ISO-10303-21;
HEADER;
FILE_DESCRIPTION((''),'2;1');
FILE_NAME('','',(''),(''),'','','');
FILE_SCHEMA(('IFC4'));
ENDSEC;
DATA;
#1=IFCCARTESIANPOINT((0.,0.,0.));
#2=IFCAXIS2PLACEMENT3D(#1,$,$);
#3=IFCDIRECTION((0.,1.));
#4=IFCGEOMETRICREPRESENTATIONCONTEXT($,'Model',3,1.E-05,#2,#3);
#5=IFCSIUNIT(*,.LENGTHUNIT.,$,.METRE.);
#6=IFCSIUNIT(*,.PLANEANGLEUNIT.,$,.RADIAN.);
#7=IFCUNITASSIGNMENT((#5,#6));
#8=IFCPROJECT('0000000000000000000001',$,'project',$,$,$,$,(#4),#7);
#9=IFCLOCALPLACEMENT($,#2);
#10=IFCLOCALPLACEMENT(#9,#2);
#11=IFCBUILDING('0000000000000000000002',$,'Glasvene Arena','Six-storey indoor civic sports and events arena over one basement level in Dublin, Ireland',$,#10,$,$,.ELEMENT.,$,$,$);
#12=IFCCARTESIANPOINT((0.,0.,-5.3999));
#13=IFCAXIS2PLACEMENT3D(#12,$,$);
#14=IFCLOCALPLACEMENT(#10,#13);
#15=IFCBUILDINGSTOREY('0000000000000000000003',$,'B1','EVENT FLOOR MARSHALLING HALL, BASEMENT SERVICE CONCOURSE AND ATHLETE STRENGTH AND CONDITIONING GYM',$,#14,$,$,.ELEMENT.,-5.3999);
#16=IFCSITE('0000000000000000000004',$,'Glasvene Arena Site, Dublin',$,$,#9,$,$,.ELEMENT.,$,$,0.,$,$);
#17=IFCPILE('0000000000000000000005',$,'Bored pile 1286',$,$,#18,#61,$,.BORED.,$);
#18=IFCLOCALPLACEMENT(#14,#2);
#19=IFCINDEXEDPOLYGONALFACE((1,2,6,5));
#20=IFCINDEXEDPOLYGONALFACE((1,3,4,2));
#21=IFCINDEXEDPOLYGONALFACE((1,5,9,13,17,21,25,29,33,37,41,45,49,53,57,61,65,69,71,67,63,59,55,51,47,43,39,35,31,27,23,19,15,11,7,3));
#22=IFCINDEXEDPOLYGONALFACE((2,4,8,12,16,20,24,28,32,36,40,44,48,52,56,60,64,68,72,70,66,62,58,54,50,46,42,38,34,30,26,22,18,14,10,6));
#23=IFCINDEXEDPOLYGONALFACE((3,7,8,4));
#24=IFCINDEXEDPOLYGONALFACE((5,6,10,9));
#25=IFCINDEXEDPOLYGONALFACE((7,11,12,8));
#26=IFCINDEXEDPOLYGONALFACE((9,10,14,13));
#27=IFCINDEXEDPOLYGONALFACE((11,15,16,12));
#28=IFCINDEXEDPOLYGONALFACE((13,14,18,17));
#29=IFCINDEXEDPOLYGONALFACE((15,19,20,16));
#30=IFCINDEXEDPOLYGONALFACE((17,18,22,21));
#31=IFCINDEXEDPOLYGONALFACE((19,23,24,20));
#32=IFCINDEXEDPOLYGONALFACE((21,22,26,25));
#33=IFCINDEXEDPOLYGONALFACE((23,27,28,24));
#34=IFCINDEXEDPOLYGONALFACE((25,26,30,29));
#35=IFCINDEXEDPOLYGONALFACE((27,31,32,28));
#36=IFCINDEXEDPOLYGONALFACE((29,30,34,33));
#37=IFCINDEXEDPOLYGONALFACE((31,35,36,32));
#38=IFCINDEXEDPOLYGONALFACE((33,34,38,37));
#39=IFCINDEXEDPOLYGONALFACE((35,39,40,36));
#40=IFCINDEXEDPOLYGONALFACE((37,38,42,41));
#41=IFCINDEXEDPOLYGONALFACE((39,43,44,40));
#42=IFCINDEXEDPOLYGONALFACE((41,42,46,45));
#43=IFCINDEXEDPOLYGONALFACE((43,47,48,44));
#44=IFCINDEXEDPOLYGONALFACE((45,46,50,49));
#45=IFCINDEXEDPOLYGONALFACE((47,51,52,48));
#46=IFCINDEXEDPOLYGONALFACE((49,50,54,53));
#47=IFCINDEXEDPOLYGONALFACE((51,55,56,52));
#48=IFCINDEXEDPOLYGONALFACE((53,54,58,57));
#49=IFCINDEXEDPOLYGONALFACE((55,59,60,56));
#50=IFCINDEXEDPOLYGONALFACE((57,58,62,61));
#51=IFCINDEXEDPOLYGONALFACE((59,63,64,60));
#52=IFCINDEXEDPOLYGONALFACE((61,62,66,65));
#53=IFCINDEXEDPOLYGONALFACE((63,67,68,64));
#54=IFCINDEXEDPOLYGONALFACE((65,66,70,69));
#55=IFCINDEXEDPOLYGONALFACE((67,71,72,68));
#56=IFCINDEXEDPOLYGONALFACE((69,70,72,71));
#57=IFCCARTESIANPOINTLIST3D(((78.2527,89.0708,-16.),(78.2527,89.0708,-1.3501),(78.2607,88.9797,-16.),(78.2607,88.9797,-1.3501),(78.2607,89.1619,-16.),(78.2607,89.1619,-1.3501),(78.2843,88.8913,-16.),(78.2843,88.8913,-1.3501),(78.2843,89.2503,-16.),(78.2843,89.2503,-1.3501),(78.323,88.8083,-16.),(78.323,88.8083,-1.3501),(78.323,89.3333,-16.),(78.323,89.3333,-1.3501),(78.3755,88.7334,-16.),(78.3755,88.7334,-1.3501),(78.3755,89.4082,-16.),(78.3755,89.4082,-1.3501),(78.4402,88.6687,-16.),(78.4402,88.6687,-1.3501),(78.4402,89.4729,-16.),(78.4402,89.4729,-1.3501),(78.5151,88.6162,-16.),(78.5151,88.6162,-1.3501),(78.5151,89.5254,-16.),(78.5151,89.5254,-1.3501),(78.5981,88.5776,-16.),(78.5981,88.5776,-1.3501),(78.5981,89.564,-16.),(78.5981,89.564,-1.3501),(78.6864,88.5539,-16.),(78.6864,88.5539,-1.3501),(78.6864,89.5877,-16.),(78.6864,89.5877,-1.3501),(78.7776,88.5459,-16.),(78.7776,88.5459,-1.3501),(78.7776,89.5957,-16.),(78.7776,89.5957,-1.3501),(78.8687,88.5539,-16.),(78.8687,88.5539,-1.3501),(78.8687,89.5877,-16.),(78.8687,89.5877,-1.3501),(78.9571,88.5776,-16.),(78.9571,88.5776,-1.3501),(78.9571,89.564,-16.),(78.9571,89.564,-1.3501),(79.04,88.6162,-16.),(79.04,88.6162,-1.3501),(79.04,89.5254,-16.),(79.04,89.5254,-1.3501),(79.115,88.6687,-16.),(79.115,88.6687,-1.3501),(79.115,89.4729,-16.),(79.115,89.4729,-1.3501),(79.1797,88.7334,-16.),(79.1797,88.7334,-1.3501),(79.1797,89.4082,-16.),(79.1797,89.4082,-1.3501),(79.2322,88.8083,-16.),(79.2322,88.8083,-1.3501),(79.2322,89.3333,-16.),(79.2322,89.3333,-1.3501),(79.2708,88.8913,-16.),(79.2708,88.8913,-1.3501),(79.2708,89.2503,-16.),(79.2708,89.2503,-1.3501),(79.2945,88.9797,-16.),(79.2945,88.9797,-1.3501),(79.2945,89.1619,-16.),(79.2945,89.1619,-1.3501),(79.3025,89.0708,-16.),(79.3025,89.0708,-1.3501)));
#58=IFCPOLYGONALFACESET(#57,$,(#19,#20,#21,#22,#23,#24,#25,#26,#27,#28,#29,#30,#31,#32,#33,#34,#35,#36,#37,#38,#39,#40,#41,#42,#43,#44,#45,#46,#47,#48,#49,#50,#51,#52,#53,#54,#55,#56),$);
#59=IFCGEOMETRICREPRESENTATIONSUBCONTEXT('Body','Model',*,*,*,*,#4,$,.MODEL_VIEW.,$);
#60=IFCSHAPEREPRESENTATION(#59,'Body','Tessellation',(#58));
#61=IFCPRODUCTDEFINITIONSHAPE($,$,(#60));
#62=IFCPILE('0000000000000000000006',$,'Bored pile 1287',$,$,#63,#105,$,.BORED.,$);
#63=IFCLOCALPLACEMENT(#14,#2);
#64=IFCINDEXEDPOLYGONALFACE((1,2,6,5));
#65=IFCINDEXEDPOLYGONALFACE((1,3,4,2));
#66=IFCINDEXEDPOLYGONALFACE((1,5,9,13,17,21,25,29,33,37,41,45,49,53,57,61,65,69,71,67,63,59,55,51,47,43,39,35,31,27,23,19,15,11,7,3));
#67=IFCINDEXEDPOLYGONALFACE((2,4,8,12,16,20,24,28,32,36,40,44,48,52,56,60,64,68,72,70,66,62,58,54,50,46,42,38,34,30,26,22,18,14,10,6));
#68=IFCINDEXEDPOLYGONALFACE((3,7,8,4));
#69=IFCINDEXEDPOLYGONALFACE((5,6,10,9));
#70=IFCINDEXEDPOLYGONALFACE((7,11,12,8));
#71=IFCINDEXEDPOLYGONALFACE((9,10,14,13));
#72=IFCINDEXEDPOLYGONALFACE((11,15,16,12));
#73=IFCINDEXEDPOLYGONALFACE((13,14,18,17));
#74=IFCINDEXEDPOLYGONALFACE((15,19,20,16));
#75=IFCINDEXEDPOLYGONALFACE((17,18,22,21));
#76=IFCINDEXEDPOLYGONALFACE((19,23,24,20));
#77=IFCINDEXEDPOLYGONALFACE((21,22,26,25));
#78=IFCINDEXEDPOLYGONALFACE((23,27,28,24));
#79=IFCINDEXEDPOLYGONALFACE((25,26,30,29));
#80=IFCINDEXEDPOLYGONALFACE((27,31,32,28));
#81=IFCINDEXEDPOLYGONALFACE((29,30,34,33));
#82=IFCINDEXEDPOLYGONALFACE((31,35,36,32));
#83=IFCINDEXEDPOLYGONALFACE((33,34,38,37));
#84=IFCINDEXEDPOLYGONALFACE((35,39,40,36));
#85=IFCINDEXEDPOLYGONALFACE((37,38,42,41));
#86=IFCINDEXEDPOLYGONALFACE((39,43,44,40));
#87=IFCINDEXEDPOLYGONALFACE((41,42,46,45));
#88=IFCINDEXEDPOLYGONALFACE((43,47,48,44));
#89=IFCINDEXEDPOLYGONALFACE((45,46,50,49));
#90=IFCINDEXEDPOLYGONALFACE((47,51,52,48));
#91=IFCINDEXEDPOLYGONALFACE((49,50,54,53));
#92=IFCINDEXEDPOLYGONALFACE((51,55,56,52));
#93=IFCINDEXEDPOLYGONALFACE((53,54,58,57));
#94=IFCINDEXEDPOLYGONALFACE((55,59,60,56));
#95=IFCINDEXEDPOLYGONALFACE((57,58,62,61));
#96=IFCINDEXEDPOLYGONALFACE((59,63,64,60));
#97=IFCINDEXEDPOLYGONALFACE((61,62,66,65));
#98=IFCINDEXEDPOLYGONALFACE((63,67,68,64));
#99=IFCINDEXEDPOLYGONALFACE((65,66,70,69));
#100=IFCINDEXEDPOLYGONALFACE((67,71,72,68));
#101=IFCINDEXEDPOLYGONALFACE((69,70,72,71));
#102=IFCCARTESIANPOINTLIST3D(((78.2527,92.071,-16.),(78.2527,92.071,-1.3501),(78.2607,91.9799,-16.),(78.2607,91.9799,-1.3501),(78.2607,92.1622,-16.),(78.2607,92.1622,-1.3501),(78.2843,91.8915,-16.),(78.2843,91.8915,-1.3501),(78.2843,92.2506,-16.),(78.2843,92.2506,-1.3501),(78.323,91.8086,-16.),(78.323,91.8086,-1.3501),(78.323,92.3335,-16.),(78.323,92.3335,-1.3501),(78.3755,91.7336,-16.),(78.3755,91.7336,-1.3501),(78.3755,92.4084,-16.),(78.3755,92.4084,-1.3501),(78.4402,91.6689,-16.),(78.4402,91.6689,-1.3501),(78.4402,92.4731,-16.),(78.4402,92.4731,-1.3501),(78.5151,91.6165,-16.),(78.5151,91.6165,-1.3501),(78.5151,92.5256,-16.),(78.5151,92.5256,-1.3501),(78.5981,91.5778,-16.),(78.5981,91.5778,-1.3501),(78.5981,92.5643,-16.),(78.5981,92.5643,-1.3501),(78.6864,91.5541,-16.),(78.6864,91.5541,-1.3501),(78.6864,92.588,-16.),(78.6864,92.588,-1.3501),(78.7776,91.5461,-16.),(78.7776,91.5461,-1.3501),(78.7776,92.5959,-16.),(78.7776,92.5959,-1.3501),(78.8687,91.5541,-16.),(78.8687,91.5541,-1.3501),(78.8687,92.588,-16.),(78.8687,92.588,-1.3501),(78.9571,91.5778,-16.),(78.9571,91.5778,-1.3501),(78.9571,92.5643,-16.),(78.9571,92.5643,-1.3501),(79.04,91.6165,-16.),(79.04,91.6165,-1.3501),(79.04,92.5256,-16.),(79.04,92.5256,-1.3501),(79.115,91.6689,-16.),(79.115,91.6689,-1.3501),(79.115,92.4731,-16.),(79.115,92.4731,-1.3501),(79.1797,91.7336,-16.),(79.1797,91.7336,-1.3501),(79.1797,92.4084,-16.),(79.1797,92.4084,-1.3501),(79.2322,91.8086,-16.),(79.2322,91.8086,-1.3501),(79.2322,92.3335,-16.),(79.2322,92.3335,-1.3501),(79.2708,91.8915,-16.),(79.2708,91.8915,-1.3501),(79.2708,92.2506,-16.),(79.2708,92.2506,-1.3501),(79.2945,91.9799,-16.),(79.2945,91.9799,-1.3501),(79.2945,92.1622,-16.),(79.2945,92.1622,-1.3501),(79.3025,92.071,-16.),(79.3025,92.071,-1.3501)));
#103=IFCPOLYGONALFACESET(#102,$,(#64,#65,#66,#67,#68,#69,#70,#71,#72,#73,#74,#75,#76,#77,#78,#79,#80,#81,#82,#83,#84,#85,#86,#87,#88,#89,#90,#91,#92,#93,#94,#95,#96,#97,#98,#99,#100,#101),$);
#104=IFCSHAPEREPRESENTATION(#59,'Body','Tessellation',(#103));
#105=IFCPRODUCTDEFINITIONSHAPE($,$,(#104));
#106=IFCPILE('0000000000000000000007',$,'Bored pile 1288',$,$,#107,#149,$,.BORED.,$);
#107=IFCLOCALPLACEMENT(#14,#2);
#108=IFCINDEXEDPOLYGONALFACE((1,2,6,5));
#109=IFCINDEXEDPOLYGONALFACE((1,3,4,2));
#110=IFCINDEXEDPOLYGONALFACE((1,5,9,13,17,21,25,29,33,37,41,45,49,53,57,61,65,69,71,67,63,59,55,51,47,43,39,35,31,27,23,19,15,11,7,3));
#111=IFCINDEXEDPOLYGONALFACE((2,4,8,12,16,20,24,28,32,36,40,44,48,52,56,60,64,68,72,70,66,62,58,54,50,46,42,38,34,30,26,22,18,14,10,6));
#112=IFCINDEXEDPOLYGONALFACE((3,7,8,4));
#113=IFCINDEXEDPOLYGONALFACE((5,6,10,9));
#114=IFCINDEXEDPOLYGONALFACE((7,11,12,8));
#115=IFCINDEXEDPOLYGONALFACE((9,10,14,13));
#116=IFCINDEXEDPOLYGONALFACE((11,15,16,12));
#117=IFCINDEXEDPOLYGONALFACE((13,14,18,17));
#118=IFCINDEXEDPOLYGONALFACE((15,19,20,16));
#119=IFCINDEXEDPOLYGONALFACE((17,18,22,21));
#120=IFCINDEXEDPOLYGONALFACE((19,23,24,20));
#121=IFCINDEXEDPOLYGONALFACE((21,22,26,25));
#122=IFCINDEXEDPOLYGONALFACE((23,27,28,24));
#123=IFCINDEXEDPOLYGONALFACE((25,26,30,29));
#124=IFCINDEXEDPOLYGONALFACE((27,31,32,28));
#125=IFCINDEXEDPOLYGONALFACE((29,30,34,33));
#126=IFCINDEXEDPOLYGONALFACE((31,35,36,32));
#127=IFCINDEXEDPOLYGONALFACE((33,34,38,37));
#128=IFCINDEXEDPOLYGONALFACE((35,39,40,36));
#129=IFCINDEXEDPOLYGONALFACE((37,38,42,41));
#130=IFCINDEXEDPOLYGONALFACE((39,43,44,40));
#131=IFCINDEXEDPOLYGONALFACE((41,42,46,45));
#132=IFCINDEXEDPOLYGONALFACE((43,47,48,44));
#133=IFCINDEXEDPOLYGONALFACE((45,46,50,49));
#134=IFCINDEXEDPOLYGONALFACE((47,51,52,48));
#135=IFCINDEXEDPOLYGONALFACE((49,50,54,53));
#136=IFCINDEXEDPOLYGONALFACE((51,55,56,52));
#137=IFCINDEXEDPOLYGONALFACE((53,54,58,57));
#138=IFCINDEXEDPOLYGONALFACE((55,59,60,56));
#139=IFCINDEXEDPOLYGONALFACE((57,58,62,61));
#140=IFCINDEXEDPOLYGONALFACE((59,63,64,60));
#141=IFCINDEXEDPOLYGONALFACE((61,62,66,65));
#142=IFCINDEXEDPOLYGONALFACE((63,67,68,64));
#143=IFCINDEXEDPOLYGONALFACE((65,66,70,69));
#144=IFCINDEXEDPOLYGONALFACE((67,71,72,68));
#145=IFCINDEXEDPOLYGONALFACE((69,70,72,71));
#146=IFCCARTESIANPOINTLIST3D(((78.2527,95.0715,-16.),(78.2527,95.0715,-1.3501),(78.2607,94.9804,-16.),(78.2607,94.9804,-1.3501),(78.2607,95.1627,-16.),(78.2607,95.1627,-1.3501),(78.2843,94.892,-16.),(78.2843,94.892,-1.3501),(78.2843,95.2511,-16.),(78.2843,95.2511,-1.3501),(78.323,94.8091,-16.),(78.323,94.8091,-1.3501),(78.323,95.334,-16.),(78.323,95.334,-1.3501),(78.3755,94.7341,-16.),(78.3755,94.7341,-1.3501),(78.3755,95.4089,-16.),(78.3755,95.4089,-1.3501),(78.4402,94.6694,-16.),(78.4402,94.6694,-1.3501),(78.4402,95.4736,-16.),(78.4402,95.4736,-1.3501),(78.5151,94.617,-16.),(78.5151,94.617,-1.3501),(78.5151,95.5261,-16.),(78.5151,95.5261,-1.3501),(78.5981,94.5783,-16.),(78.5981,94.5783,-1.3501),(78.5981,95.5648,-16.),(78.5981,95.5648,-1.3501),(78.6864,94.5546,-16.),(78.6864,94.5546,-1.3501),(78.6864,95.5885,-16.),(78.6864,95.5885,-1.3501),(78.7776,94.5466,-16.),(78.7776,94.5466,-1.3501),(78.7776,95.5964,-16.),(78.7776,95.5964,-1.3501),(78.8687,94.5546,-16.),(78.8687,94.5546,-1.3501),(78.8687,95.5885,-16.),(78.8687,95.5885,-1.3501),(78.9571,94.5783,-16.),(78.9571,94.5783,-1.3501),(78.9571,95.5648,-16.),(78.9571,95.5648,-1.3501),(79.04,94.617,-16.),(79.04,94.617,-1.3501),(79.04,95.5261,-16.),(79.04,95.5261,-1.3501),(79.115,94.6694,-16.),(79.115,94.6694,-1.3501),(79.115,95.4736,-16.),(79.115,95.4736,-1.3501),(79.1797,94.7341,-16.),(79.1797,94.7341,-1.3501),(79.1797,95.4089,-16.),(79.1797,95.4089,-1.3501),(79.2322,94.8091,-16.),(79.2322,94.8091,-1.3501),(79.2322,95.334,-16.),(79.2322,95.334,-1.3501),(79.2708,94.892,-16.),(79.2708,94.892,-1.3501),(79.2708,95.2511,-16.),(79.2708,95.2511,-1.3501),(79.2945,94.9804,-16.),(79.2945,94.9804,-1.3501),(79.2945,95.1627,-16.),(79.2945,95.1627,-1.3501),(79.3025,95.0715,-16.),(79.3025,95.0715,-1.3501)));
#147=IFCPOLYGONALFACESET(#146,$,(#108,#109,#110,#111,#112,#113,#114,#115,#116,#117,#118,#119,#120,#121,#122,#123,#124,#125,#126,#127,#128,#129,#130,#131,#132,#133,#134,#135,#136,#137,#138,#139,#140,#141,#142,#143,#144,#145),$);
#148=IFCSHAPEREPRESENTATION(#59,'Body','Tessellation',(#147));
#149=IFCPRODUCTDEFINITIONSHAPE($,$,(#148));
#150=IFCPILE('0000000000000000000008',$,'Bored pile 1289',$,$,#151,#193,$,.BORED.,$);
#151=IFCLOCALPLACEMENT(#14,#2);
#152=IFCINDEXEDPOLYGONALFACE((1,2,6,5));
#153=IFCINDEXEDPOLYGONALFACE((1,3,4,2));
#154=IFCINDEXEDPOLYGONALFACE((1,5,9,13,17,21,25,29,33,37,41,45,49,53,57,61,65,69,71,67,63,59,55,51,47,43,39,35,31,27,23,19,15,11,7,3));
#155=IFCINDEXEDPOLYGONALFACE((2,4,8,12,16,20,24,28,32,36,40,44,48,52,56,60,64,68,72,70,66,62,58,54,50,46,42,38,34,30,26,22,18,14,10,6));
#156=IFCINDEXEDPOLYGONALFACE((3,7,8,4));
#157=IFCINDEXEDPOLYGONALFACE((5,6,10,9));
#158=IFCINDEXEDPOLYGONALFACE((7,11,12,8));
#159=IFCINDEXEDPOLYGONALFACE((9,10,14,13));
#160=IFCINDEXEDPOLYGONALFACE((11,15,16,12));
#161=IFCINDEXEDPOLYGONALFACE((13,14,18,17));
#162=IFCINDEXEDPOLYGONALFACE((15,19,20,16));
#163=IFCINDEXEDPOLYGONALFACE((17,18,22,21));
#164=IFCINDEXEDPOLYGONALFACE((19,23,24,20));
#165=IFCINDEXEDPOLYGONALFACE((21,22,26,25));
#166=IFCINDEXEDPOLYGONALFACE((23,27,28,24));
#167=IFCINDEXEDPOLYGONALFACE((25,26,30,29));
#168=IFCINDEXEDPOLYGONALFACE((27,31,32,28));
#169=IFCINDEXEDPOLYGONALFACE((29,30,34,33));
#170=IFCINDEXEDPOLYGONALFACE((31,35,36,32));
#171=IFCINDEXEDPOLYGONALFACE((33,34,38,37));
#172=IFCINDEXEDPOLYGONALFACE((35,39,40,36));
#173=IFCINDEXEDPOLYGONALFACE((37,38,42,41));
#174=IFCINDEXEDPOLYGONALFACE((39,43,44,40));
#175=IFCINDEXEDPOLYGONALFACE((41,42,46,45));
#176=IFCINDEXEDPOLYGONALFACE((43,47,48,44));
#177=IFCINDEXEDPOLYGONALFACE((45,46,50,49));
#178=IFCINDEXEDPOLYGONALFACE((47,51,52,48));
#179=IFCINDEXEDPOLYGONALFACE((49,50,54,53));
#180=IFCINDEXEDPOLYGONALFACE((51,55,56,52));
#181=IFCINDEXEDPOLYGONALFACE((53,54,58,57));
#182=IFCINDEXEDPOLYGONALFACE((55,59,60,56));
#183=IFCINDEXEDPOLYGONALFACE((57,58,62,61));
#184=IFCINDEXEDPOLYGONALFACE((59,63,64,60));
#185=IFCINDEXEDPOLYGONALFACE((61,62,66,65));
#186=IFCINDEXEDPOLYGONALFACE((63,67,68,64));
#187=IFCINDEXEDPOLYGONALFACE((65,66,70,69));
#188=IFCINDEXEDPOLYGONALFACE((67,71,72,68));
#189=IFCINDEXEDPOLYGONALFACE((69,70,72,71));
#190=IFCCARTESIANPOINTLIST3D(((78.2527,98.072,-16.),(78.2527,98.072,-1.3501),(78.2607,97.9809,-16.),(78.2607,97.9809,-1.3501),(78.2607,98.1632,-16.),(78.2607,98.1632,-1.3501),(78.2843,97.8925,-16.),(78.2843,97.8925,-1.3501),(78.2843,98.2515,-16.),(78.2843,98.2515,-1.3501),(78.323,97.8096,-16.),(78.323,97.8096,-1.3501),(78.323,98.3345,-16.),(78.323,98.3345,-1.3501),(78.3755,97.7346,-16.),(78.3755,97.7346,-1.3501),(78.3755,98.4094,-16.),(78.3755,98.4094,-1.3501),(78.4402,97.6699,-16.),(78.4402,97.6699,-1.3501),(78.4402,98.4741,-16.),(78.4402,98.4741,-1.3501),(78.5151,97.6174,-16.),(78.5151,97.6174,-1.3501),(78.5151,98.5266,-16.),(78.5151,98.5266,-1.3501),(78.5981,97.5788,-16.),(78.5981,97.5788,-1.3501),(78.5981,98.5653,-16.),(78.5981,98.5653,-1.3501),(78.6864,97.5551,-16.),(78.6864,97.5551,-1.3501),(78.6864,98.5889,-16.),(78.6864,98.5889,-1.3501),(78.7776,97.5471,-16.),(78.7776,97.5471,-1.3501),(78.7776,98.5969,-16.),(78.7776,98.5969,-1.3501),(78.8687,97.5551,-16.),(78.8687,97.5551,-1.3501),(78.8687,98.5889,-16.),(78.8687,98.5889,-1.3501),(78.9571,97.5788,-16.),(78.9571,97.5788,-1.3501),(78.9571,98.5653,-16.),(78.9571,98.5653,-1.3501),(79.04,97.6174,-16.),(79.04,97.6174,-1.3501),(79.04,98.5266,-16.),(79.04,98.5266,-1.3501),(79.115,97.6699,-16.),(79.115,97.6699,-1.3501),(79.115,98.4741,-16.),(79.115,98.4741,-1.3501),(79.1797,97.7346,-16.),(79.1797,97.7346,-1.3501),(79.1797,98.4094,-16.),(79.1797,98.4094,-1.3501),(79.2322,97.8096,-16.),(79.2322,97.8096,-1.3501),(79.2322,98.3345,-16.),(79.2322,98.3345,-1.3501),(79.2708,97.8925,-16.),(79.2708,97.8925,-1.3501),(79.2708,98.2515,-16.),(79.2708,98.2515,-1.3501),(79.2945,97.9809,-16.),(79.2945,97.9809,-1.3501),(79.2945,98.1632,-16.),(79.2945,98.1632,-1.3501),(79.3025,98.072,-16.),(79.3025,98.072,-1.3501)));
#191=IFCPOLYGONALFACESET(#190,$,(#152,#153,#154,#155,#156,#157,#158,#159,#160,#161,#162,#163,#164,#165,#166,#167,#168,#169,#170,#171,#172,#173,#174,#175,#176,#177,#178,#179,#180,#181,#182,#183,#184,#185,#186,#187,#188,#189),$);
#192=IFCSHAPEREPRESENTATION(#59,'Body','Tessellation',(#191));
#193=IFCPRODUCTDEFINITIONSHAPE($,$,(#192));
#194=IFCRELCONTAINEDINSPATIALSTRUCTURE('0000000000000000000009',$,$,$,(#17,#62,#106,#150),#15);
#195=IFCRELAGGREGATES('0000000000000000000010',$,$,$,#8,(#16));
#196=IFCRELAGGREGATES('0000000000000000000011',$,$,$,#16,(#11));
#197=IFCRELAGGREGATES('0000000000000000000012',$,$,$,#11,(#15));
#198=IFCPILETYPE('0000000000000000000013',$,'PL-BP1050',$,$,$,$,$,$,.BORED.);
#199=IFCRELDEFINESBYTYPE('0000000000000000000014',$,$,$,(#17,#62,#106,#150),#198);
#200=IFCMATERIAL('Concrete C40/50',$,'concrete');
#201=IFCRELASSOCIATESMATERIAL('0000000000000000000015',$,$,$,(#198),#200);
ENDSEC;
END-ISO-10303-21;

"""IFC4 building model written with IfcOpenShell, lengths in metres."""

from ifc_helpers import new_model, si_unit, direction, frame, origin, origin_2d, place, context, subcontext, project, spatial, circle, extrude, material, material_profile, profile_set, type_object, element, save


model = new_model("IFC4")

# Units and contexts
model_context = context("Model", 3, precision=1e-05, world=origin(), true_north=direction((0.0, 1.0)))
body_context = subcontext(model_context, "Body", "Model", "MODEL_VIEW")
ifc_project = project(units=[si_unit("LENGTHUNIT", "METRE"), si_unit("PLANEANGLEUNIT", "RADIAN")], contexts=[model_context])

# Site, building, storey
site_placement = place(None, origin())
site = spatial("IfcSite", under=ifc_project, at=site_placement, Name="Glasvene Arena Site, Dublin", CompositionType="ELEMENT", RefElevation=0.0)
building_placement = place(site_placement, origin())
building = spatial("IfcBuilding", under=site, at=building_placement, Name="Glasvene Arena", Description="Six-storey indoor civic sports and events arena over one basement level in Dublin, Ireland", CompositionType="ELEMENT")
storey_placement = place(building_placement, frame((0.0, 0.0, -5.3999)))
storey = spatial("IfcBuildingStorey", under=building, at=storey_placement, Name="B1", Description="EVENT FLOOR MARSHALLING HALL, BASEMENT SERVICE CONCOURSE AND ATHLETE STRENGTH AND CONDITIONING GYM", CompositionType="ELEMENT", Elevation=-5.3999)

# Piles
ifc_material_1 = material(Name="Concrete C40/50", Category="concrete")
ifc_material_profile_1 = material_profile(ifc_material_1, circle(Radius=0.5249, at=origin_2d()), Name="BORED PILE 1050")
ifc_profile_set_1 = profile_set([ifc_material_profile_1], Name="Concrete C40/50")
pile_type_1 = type_object("IfcPileType", Name="PL-BP1050", PredefinedType="BORED", material=ifc_profile_set_1)
for number, where, z_axis, x_axis, name in (
    (1, (78.7776, 89.0708, -1.3501), (0.0, 0.0, -1.0), (1.0, 0.0, 0.0), "Bored pile 1286"),
    (2, (78.7776, 92.071, -1.3501), (0.0, 0.0, -1.0), (1.0, 0.0, 0.0), "Bored pile 1287"),
    (3, (78.7776, 95.0715, -1.3501), (0.0, 0.0, -1.0), (1.0, 0.0, 0.0), "Bored pile 1288"),
    (4, (78.7776, 98.072, -1.3501), (0.0, 0.0, -1.0), (1.0, 0.0, 0.0), "Bored pile 1289"),
):
    element("IfcPile", number, at=place(storey_placement, frame(where, z_axis=z_axis, x_axis=x_axis)), inside=storey, type_object=pile_type_1, Name=name, PredefinedType="BORED", context=body_context, shape_type="SweptSolid", body=[
        extrude(circle(Radius=0.5249, at=origin_2d()), origin(), (0.0, 0.0, 1.0), 14.6499),
    ])

save(model, "model.ifc")
